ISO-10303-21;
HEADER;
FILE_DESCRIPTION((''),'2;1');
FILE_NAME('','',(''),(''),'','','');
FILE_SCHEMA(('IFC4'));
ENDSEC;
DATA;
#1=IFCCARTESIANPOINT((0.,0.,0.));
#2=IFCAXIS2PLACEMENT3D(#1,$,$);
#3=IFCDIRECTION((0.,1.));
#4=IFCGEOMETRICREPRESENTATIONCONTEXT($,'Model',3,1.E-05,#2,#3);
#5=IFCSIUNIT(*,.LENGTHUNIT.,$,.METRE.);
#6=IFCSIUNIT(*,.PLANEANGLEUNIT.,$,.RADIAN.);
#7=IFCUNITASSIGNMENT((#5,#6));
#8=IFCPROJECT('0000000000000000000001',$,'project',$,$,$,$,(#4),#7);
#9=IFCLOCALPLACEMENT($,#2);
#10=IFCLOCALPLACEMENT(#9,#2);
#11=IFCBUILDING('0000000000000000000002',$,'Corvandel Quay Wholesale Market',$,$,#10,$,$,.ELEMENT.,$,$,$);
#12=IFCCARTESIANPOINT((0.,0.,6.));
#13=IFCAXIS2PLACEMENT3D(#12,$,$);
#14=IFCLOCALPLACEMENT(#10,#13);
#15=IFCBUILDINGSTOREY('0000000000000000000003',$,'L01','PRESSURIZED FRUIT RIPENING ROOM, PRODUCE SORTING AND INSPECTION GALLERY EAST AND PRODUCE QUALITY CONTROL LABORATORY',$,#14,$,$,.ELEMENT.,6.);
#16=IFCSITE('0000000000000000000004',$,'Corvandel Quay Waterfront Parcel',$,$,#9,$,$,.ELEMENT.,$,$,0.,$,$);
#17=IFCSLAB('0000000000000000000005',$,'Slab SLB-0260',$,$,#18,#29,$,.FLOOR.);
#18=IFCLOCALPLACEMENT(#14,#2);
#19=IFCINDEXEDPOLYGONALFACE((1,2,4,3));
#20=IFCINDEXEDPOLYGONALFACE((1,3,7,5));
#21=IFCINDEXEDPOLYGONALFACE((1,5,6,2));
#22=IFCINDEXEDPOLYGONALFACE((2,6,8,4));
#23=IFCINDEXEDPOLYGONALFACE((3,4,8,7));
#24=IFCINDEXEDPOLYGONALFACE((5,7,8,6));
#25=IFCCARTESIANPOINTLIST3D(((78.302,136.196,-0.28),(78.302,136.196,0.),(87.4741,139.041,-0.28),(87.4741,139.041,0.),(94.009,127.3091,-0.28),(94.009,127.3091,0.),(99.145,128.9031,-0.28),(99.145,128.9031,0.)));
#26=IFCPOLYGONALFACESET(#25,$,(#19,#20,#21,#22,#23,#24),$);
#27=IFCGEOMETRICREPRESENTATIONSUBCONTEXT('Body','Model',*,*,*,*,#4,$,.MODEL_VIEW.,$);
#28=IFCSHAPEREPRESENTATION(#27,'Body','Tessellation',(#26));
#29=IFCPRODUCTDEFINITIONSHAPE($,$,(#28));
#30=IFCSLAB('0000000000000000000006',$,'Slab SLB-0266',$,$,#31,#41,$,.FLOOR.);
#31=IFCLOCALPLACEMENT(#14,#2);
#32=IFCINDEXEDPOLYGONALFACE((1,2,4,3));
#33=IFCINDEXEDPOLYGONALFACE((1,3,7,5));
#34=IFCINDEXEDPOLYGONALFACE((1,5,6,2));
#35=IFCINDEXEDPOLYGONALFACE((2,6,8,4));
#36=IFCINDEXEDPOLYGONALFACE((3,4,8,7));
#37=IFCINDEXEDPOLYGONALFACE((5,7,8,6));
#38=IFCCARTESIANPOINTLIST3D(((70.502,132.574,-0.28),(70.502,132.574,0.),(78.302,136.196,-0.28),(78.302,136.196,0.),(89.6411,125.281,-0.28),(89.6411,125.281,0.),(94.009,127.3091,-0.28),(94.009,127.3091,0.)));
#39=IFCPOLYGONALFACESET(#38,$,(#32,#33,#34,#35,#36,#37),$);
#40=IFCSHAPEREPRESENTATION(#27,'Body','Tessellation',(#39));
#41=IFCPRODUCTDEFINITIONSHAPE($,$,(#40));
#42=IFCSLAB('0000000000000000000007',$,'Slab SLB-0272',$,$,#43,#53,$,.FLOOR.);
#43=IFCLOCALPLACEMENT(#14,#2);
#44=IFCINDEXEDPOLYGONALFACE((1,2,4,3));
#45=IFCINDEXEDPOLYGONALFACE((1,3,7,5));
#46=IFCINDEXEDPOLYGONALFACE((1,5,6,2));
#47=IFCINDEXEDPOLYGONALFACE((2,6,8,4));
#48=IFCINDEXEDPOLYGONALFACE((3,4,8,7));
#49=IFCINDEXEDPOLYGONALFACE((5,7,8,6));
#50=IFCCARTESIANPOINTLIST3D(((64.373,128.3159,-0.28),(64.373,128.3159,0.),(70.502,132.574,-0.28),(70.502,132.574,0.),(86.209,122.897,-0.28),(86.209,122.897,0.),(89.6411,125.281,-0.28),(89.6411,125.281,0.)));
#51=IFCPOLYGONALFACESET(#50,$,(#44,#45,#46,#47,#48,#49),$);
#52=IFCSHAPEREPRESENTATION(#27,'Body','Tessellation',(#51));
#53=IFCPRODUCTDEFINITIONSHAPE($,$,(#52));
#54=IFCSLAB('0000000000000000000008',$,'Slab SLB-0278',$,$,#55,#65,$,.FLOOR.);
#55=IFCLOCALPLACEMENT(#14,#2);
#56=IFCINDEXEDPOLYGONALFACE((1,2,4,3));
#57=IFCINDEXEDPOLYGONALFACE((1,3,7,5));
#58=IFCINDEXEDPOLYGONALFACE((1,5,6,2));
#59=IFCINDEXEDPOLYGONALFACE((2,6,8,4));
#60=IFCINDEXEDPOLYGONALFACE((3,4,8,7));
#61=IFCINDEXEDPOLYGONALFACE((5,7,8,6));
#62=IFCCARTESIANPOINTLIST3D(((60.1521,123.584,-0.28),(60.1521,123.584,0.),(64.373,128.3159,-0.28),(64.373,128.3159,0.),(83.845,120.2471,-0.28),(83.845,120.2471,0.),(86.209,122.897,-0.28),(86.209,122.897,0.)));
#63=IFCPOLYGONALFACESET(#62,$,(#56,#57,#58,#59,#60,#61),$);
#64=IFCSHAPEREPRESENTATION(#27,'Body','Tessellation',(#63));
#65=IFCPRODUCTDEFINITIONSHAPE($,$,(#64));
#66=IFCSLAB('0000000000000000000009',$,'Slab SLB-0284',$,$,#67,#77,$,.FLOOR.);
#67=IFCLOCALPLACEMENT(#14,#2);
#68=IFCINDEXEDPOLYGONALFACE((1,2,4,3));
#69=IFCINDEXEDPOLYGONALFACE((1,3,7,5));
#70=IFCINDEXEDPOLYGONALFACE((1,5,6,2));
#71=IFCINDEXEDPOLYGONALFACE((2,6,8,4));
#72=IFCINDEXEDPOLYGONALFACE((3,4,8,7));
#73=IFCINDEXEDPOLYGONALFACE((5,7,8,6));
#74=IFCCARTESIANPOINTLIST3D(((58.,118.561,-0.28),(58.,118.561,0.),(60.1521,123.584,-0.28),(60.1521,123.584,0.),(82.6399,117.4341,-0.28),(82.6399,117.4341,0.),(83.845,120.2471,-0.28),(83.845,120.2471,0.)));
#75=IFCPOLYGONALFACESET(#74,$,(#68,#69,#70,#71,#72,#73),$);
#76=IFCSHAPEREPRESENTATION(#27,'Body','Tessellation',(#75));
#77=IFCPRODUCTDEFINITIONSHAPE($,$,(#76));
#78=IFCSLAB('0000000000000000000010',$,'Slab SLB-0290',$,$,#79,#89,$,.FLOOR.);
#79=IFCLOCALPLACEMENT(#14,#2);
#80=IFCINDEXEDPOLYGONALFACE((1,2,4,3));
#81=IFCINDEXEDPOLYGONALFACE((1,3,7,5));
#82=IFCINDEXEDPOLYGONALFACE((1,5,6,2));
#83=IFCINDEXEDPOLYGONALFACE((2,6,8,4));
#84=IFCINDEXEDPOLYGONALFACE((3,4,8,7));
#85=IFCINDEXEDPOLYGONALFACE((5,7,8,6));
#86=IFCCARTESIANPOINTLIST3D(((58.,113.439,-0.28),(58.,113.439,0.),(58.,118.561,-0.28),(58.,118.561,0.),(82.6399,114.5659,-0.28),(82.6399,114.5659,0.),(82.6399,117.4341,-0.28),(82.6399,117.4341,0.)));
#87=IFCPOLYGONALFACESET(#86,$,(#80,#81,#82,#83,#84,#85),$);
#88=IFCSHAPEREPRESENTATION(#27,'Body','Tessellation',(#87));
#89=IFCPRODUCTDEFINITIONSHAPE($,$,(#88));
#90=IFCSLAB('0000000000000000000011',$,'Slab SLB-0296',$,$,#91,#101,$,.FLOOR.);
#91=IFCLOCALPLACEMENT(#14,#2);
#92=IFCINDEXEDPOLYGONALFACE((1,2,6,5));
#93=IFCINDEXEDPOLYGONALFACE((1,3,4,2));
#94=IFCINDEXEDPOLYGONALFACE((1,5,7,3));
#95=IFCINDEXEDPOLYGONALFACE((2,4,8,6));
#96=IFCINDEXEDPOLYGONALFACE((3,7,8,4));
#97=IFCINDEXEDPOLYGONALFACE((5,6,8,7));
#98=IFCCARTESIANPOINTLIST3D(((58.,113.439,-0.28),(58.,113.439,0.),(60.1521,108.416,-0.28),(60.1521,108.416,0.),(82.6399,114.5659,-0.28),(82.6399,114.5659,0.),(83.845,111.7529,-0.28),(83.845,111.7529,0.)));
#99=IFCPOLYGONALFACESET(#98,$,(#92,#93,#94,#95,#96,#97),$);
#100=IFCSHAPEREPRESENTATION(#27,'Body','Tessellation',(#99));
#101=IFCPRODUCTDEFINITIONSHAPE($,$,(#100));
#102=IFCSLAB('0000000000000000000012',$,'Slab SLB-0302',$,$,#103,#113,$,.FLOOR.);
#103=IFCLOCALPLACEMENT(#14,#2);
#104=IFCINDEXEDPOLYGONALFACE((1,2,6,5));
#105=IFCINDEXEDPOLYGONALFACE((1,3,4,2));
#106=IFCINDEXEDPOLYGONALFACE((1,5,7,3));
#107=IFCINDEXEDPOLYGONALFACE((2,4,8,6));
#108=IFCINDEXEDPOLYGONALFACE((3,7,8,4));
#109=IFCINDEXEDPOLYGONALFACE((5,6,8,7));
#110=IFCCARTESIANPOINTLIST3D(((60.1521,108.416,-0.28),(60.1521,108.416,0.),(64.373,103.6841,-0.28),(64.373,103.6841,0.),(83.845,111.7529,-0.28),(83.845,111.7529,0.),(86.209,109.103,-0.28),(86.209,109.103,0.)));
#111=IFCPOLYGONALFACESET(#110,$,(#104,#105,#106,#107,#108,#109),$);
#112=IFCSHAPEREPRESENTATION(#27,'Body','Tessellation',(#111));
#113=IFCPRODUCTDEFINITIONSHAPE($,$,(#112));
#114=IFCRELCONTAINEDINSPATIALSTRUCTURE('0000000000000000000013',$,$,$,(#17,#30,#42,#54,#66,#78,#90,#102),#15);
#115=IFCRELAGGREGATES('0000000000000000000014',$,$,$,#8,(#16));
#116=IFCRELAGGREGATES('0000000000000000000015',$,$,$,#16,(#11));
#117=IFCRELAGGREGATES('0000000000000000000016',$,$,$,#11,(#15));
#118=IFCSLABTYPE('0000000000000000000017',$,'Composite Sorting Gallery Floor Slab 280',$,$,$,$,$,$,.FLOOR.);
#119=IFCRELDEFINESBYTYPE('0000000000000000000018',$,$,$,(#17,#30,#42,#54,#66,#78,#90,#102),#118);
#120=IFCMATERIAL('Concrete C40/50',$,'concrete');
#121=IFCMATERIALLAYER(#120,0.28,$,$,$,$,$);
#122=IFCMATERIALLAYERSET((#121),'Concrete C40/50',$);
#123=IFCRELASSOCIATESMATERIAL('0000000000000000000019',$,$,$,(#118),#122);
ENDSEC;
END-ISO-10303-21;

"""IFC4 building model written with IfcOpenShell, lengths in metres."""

from ifc_helpers import new_model, si_unit, direction, frame, origin, place, context, subcontext, project, spatial, polyline, outline, extrude, material, layer, layer_set, type_object, element, save


model = new_model("IFC4")

# Units and contexts
model_context = context("Model", 3, precision=1e-05, world=origin(), true_north=direction((0.0, 1.0)))
body_context = subcontext(model_context, "Body", "Model", "MODEL_VIEW")
ifc_project = project(units=[si_unit("LENGTHUNIT", "METRE"), si_unit("PLANEANGLEUNIT", "RADIAN")], contexts=[model_context])

# Site, building, storey
site_placement = place(None, origin())
site = spatial("IfcSite", under=ifc_project, at=site_placement, Name="Corvandel Quay Waterfront Parcel", CompositionType="ELEMENT", RefElevation=0.0)
building_placement = place(site_placement, origin())
building = spatial("IfcBuilding", under=site, at=building_placement, Name="Corvandel Quay Wholesale Market", CompositionType="ELEMENT")
storey_placement = place(building_placement, frame((0.0, 0.0, 6.0)))
storey = spatial("IfcBuildingStorey", under=building, at=storey_placement, Name="L01", Description="PRESSURIZED FRUIT RIPENING ROOM, PRODUCE SORTING AND INSPECTION GALLERY EAST AND PRODUCE QUALITY CONTROL LABORATORY", CompositionType="ELEMENT", Elevation=6.0)

# Slabs
ifc_material = material(Name="Concrete C40/50", Category="concrete")
ifc_layer = layer(ifc_material, 0.28)
ifc_layer_set = layer_set([ifc_layer], Name="Concrete C40/50")
slab_type = type_object("IfcSlabType", Name="Composite Sorting Gallery Floor Slab 280", PredefinedType="FLOOR", material=ifc_layer_set)
slab_1_placement = place(storey_placement, frame((0.0, 0.0, -0.28)))
element("IfcSlab", 1, at=slab_1_placement, inside=storey, type_object=slab_type, Name="Slab SLB-0260", PredefinedType="FLOOR", context=body_context, shape_type="SweptSolid", body=[
    extrude(outline(polyline([(99.145, 128.9031), (94.009, 127.3091), (78.302, 136.196), (87.4741, 139.041), (99.145, 128.9031)])), origin(), (0.0, 0.0, 1.0), 0.28),
])
slab_2_placement = place(storey_placement, frame((0.0, 0.0, -0.28)))
element("IfcSlab", 2, at=slab_2_placement, inside=storey, type_object=slab_type, Name="Slab SLB-0266", PredefinedType="FLOOR", context=body_context, shape_type="SweptSolid", body=[
    extrude(outline(polyline([(94.009, 127.3091), (89.6411, 125.281), (70.502, 132.574), (78.302, 136.196), (94.009, 127.3091)])), origin(), (0.0, 0.0, 1.0), 0.28),
])
slab_3_placement = place(storey_placement, frame((0.0, 0.0, -0.28)))
element("IfcSlab", 3, at=slab_3_placement, inside=storey, type_object=slab_type, Name="Slab SLB-0272", PredefinedType="FLOOR", context=body_context, shape_type="SweptSolid", body=[
    extrude(outline(polyline([(89.6411, 125.281), (86.209, 122.897), (64.373, 128.3159), (70.502, 132.574), (89.6411, 125.281)])), origin(), (0.0, 0.0, 1.0), 0.28),
])
slab_4_placement = place(storey_placement, frame((0.0, 0.0, -0.28)))
element("IfcSlab", 4, at=slab_4_placement, inside=storey, type_object=slab_type, Name="Slab SLB-0278", PredefinedType="FLOOR", context=body_context, shape_type="SweptSolid", body=[
    extrude(outline(polyline([(86.209, 122.897), (83.845, 120.2471), (60.1521, 123.584), (64.373, 128.3159), (86.209, 122.897)])), origin(), (0.0, 0.0, 1.0), 0.28),
])
slab_5_placement = place(storey_placement, frame((0.0, 0.0, -0.28)))
element("IfcSlab", 5, at=slab_5_placement, inside=storey, type_object=slab_type, Name="Slab SLB-0284", PredefinedType="FLOOR", context=body_context, shape_type="SweptSolid", body=[
    extrude(outline(polyline([(83.845, 120.2471), (82.6399, 117.4341), (58.0, 118.561), (60.1521, 123.584), (83.845, 120.2471)])), origin(), (0.0, 0.0, 1.0), 0.28),
])
slab_6_placement = place(storey_placement, frame((0.0, 0.0, -0.28)))
element("IfcSlab", 6, at=slab_6_placement, inside=storey, type_object=slab_type, Name="Slab SLB-0290", PredefinedType="FLOOR", context=body_context, shape_type="SweptSolid", body=[
    extrude(outline(polyline([(82.6399, 117.4341), (82.6399, 114.5659), (58.0, 113.439), (58.0, 118.561), (82.6399, 117.4341)])), origin(), (0.0, 0.0, 1.0), 0.28),
])
slab_7_placement = place(storey_placement, frame((0.0, 0.0, -0.28)))
element("IfcSlab", 7, at=slab_7_placement, inside=storey, type_object=slab_type, Name="Slab SLB-0296", PredefinedType="FLOOR", context=body_context, shape_type="SweptSolid", body=[
    extrude(outline(polyline([(82.6399, 114.5659), (83.845, 111.7529), (60.1521, 108.416), (58.0, 113.439), (82.6399, 114.5659)])), origin(), (0.0, 0.0, 1.0), 0.28),
])
slab_8_placement = place(storey_placement, frame((0.0, 0.0, -0.28)))
element("IfcSlab", 8, at=slab_8_placement, inside=storey, type_object=slab_type, Name="Slab SLB-0302", PredefinedType="FLOOR", context=body_context, shape_type="SweptSolid", body=[
    extrude(outline(polyline([(83.845, 111.7529), (86.209, 109.103), (64.373, 103.6841), (60.1521, 108.416), (83.845, 111.7529)])), origin(), (0.0, 0.0, 1.0), 0.28),
])

save(model, "model.ifc")
